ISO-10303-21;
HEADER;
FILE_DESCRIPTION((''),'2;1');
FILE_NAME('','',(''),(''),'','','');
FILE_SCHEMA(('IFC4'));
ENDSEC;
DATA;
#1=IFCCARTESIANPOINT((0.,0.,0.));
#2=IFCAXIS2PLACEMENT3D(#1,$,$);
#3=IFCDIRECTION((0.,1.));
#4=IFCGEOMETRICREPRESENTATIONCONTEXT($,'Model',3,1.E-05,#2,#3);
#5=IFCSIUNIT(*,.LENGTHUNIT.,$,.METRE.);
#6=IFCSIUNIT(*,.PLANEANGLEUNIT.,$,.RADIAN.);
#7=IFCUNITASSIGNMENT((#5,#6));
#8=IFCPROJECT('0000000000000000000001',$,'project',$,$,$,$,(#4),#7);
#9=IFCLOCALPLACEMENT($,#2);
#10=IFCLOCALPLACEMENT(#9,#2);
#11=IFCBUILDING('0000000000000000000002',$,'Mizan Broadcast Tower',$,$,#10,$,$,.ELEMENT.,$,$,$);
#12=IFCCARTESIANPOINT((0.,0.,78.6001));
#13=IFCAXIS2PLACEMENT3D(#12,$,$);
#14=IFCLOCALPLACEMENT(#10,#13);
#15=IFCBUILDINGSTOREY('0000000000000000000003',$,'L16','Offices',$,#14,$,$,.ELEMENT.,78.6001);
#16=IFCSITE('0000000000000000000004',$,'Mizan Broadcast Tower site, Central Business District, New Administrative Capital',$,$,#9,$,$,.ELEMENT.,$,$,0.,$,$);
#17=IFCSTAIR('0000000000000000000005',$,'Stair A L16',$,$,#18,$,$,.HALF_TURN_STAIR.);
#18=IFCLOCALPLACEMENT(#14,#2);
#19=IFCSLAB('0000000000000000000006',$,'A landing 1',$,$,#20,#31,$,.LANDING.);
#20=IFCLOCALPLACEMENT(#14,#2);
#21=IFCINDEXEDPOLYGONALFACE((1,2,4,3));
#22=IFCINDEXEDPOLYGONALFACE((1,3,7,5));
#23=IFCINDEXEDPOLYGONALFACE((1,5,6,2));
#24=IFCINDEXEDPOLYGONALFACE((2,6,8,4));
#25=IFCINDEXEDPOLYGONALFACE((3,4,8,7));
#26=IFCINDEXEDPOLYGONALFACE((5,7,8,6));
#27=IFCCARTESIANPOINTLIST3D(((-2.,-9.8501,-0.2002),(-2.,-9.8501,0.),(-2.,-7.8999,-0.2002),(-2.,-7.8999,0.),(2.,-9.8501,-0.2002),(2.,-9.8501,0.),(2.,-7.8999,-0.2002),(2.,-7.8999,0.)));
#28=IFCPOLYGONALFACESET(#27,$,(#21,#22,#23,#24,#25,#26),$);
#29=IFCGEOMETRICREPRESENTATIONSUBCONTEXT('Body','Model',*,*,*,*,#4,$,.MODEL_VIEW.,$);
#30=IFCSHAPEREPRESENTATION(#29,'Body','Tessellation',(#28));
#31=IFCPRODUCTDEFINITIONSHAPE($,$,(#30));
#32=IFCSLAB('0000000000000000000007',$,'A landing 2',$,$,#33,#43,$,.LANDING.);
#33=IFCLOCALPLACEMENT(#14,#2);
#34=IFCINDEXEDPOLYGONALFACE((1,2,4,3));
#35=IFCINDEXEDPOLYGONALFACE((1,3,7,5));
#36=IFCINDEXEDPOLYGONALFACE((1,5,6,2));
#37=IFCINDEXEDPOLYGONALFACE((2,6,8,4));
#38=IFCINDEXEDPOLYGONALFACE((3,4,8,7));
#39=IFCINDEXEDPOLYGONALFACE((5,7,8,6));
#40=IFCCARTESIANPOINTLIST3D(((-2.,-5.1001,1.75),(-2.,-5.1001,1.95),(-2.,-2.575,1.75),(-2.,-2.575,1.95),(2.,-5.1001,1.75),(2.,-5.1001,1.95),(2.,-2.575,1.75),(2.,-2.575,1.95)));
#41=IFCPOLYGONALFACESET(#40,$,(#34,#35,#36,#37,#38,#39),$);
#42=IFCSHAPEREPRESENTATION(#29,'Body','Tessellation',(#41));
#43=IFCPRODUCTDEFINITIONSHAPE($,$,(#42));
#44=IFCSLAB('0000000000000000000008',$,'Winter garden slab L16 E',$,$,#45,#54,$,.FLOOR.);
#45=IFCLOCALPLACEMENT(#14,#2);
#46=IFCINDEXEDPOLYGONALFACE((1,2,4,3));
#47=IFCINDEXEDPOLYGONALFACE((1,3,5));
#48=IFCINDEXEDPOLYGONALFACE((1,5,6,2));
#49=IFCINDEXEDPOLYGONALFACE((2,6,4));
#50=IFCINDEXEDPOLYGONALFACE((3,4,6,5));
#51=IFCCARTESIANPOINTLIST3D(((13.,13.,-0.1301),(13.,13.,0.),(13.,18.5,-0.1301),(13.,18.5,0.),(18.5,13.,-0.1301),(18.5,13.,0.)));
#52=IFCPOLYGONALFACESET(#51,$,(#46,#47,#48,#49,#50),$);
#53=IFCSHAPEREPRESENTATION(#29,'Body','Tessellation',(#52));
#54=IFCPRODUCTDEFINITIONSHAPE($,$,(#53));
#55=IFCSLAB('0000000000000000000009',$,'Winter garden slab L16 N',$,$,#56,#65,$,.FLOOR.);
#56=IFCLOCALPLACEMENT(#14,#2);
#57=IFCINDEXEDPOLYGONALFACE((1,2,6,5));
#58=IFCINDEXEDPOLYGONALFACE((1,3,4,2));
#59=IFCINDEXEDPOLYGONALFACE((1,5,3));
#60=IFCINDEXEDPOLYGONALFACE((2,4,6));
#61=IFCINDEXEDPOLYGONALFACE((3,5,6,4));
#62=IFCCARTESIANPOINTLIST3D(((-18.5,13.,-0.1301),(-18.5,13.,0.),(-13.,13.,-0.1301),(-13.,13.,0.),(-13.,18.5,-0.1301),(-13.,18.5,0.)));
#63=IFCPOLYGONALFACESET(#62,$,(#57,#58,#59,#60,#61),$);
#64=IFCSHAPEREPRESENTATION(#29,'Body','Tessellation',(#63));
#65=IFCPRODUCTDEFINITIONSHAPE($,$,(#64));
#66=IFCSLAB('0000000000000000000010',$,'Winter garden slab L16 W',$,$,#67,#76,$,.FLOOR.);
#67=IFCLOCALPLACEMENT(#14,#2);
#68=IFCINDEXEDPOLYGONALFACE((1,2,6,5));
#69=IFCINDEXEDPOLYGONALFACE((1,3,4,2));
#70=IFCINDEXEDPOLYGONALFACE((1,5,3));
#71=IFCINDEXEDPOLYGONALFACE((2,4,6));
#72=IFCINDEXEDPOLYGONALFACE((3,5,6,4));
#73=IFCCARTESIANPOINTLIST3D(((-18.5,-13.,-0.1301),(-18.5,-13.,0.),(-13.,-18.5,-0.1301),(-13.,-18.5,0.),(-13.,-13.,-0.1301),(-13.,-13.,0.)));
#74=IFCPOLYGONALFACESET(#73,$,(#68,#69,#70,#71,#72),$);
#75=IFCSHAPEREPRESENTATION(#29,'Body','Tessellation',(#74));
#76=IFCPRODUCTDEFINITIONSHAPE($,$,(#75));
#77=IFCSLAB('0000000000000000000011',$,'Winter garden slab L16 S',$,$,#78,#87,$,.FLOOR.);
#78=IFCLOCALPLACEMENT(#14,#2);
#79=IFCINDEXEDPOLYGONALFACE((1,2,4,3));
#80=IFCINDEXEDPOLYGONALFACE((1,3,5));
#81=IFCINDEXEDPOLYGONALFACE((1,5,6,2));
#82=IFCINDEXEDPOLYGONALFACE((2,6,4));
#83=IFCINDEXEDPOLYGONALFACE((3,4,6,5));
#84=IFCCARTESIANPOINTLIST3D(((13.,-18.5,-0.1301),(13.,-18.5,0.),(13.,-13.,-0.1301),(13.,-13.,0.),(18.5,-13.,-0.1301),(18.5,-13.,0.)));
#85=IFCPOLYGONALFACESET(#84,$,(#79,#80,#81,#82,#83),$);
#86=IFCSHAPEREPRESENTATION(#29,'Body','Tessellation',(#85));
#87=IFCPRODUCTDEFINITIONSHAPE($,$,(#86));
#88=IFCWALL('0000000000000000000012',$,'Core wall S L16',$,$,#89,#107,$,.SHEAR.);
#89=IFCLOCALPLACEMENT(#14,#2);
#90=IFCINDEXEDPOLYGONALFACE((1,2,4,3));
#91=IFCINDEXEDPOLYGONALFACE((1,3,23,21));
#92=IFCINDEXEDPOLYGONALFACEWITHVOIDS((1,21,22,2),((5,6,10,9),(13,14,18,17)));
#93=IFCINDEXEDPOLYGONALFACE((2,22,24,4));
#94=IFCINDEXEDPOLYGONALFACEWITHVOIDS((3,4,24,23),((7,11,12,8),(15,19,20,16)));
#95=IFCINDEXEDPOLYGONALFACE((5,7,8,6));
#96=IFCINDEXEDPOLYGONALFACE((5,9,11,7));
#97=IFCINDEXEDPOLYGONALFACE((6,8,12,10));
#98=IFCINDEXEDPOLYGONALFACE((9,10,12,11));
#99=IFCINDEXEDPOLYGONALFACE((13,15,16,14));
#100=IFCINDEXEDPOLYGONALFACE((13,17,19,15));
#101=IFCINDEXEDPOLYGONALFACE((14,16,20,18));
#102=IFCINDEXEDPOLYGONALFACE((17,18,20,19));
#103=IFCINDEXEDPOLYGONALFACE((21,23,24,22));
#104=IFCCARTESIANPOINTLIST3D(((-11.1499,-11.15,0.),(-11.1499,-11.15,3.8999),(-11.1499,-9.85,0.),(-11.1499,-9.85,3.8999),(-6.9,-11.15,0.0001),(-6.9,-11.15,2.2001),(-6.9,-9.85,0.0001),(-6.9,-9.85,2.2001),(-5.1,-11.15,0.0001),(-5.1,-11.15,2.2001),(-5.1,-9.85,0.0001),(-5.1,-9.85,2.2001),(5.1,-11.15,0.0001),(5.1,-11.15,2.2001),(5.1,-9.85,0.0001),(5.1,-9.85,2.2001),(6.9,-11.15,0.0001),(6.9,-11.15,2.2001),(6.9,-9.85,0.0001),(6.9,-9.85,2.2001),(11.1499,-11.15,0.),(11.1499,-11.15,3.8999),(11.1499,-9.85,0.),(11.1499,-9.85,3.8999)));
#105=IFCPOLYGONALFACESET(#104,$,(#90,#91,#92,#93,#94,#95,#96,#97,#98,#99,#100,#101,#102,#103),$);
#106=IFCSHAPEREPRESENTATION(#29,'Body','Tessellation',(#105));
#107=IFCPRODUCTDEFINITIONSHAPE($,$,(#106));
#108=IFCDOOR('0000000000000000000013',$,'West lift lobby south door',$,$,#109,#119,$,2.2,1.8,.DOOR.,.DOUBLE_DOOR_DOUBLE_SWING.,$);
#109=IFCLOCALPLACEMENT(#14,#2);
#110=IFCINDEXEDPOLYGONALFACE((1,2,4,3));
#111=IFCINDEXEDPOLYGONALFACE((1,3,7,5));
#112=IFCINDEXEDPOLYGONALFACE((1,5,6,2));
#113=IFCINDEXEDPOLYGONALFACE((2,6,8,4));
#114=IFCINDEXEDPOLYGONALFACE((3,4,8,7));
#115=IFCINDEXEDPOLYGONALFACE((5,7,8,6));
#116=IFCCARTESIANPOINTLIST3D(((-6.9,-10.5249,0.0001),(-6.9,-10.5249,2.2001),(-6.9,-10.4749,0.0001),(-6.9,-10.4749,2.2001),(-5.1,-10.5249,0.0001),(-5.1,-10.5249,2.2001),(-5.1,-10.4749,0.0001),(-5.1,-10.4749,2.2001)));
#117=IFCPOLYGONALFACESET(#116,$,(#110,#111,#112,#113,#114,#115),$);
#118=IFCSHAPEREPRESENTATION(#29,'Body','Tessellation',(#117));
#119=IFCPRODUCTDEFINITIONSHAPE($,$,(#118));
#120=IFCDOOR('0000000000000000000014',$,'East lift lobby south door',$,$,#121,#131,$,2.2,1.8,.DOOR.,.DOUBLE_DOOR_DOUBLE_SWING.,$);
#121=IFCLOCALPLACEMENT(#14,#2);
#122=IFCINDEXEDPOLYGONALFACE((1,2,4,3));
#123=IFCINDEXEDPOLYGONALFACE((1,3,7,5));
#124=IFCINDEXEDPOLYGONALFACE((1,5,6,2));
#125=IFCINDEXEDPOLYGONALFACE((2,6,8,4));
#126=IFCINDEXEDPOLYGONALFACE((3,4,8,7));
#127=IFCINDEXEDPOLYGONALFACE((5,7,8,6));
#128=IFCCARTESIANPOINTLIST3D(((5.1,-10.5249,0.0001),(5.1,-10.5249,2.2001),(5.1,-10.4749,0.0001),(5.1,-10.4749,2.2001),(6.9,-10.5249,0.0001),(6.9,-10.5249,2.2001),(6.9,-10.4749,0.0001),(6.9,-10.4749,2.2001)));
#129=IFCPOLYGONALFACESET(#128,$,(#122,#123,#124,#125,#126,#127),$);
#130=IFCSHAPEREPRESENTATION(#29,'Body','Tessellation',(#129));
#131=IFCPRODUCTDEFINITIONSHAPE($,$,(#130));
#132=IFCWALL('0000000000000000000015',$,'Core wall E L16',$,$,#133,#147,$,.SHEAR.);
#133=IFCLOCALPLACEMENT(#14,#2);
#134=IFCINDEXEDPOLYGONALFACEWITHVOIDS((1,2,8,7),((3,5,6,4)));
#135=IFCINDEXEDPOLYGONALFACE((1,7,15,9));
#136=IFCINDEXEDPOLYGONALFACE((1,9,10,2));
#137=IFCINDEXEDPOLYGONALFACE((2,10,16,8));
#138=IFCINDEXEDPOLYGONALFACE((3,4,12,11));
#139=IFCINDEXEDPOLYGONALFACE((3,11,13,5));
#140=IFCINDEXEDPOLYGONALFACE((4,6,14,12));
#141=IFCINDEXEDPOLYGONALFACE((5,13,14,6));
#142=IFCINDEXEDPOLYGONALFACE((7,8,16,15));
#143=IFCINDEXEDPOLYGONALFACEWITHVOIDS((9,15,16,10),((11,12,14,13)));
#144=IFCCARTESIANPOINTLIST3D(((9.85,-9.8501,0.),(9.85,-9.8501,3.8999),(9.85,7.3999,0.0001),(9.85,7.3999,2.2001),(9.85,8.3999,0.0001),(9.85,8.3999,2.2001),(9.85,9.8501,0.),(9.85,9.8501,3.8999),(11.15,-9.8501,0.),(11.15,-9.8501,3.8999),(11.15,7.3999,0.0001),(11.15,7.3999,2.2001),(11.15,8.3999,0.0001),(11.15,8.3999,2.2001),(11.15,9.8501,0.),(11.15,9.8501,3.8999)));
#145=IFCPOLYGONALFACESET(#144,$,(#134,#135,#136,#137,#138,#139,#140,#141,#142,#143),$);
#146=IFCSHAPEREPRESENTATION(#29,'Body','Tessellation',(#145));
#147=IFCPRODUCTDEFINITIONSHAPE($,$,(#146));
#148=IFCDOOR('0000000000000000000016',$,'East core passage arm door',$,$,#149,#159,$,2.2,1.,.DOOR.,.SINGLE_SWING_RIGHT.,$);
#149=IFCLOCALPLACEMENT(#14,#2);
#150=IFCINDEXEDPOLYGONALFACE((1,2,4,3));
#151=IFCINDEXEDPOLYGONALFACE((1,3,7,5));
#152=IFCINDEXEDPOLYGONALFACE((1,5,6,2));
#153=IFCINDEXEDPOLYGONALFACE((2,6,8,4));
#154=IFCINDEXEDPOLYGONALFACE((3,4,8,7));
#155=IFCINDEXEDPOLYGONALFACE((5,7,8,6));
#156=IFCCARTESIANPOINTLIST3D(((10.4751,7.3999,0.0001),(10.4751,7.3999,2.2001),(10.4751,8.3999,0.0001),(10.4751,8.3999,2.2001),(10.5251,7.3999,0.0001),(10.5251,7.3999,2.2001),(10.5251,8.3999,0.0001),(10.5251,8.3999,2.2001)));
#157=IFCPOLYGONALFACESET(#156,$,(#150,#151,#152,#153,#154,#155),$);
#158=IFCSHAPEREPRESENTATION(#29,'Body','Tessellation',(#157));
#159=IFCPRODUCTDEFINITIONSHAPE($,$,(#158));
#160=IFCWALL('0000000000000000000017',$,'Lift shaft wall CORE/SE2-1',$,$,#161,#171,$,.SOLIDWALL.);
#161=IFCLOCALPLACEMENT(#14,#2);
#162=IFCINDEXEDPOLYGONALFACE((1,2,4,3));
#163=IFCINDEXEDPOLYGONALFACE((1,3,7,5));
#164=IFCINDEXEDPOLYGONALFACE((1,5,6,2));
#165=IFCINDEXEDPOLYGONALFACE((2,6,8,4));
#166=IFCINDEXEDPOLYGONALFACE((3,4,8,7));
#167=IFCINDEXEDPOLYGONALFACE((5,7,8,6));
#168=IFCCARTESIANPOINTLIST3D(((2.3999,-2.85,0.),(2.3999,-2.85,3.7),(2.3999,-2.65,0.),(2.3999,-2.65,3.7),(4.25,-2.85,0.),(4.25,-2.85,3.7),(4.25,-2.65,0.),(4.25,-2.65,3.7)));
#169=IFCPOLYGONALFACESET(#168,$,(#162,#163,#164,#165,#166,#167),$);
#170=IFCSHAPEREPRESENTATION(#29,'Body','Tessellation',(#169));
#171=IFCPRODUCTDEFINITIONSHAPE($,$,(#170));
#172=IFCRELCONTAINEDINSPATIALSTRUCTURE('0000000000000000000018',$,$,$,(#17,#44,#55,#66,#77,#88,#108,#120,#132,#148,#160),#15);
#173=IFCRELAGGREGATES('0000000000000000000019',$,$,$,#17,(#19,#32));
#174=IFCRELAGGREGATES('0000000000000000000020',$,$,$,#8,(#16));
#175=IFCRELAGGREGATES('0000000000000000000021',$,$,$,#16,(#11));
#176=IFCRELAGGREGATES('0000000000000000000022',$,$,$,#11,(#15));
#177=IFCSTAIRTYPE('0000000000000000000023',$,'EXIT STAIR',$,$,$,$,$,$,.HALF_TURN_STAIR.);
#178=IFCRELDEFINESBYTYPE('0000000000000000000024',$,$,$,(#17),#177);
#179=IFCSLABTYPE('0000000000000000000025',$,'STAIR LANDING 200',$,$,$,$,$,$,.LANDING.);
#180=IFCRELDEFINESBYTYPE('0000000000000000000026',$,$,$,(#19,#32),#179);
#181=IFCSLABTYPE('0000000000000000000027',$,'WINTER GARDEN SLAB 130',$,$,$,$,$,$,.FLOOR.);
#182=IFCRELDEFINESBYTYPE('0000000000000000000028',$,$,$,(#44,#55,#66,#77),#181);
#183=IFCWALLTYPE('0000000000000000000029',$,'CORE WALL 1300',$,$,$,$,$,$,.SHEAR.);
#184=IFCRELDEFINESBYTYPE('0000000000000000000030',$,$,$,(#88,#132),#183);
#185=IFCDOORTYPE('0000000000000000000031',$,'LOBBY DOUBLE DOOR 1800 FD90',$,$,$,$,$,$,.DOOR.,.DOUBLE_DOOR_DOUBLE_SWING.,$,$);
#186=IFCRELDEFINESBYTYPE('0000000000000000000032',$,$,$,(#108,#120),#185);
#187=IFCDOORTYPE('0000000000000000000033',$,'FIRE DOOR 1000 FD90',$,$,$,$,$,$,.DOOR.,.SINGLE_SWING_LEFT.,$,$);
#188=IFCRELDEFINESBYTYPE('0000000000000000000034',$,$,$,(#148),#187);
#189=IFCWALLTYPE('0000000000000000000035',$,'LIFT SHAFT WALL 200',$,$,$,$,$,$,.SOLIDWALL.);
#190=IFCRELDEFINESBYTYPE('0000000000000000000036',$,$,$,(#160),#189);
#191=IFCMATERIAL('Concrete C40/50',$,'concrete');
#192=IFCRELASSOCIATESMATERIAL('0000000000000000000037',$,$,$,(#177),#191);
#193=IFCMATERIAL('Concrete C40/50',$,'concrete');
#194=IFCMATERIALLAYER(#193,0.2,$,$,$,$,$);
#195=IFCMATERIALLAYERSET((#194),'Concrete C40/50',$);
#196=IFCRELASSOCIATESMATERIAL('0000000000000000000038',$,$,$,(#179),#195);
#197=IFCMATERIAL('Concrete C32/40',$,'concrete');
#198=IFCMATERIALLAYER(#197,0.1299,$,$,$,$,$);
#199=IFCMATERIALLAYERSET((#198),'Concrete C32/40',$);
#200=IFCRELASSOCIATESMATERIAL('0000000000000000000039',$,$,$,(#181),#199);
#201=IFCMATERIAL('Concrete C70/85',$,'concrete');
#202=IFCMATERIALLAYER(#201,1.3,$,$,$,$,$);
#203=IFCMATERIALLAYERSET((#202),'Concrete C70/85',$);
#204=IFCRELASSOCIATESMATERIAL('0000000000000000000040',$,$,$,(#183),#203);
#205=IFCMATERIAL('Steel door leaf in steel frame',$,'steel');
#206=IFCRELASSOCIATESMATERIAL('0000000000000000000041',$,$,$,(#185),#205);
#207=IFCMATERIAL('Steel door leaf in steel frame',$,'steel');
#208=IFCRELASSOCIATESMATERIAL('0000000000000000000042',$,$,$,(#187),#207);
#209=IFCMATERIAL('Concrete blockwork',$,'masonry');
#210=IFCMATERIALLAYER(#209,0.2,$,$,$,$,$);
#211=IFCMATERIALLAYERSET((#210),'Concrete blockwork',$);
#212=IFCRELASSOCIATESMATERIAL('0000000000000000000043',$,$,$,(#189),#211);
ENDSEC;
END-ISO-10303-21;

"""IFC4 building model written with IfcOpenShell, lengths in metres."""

from ifc_helpers import new_model, si_unit, direction, frame, frame_2d, origin, place, context, subcontext, project, spatial, polyline, rectangle, outline, extrude, material, layer, layer_set, type_object, element, fill, aggregate, save


model = new_model("IFC4")

# Units and contexts
model_context = context("Model", 3, precision=1e-05, world=origin(), true_north=direction((0.0, 1.0)))
body_context = subcontext(model_context, "Body", "Model", "MODEL_VIEW")
ifc_project = project(units=[si_unit("LENGTHUNIT", "METRE"), si_unit("PLANEANGLEUNIT", "RADIAN")], contexts=[model_context])

# Site, building, storey
site_placement = place(None, origin())
site = spatial("IfcSite", under=ifc_project, at=site_placement, Name="Mizan Broadcast Tower site, Central Business District, New Administrative Capital", CompositionType="ELEMENT", RefElevation=0.0)
building_placement = place(site_placement, origin())
building = spatial("IfcBuilding", under=site, at=building_placement, Name="Mizan Broadcast Tower", CompositionType="ELEMENT")
storey_placement = place(building_placement, frame((0.0, 0.0, 78.6001)))
storey = spatial("IfcBuildingStorey", under=building, at=storey_placement, Name="L16", Description="Offices", CompositionType="ELEMENT", Elevation=78.6001)

# Stair, slabs
ifc_material_1 = material(Name="Concrete C40/50", Category="concrete")
stair_type = type_object("IfcStairType", Name="EXIT STAIR", PredefinedType="HALF_TURN_STAIR", material=ifc_material_1)
stair_placement = place(storey_placement, origin())
stair = element("IfcStair", 1, at=stair_placement, inside=storey, type_object=stair_type, Name="Stair A L16", PredefinedType="HALF_TURN_STAIR")
ifc_material_2 = material(Name="Concrete C40/50", Category="concrete")
ifc_layer_1 = layer(ifc_material_2, 0.2)
ifc_layer_set_1 = layer_set([ifc_layer_1], Name="Concrete C40/50")
slab_type_1 = type_object("IfcSlabType", Name="STAIR LANDING 200", PredefinedType="LANDING", material=ifc_layer_set_1)
slab_1_placement = place(storey_placement, frame((0.0, 0.0, -0.2002)))
slab_1 = element("IfcSlab", 2, at=slab_1_placement, type_object=slab_type_1, Name="A landing 1", PredefinedType="LANDING", context=body_context, shape_type="SweptSolid", body=[
    extrude(outline(polyline([(-2.0, -9.8501), (-2.0, -7.8999), (2.0, -7.8999), (2.0, -9.8501), (-2.0, -9.8501)])), origin(), (0.0, 0.0, 1.0), 0.2002),
])
slab_2_placement = place(storey_placement, frame((0.0, 0.0, 1.75)))
slab_2 = element("IfcSlab", 3, at=slab_2_placement, type_object=slab_type_1, Name="A landing 2", PredefinedType="LANDING", context=body_context, shape_type="SweptSolid", body=[
    extrude(outline(polyline([(-2.0, -5.1001), (-2.0, -2.575), (2.0, -2.575), (2.0, -5.1001), (-2.0, -5.1001)])), origin(), (0.0, 0.0, 1.0), 0.2),
])

# Slabs
ifc_material_3 = material(Name="Concrete C32/40", Category="concrete")
ifc_layer_2 = layer(ifc_material_3, 0.1299)
ifc_layer_set_2 = layer_set([ifc_layer_2], Name="Concrete C32/40")
slab_type_2 = type_object("IfcSlabType", Name="WINTER GARDEN SLAB 130", PredefinedType="FLOOR", material=ifc_layer_set_2)
slab_3_placement = place(storey_placement, frame((0.0, 0.0, -0.1301)))
element("IfcSlab", 4, at=slab_3_placement, inside=storey, type_object=slab_type_2, Name="Winter garden slab L16 E", PredefinedType="FLOOR", context=body_context, shape_type="SweptSolid", body=[
    extrude(outline(polyline([(13.0, 13.0), (18.5, 13.0), (13.0, 18.5), (13.0, 13.0)])), origin(), (0.0, 0.0, 1.0), 0.1301),
])
slab_4_placement = place(storey_placement, frame((0.0, 0.0, -0.1301)))
element("IfcSlab", 5, at=slab_4_placement, inside=storey, type_object=slab_type_2, Name="Winter garden slab L16 N", PredefinedType="FLOOR", context=body_context, shape_type="SweptSolid", body=[
    extrude(outline(polyline([(-13.0, 13.0), (-13.0, 18.5), (-18.5, 13.0), (-13.0, 13.0)])), origin(), (0.0, 0.0, 1.0), 0.1301),
])
slab_5_placement = place(storey_placement, frame((0.0, 0.0, -0.1301)))
element("IfcSlab", 6, at=slab_5_placement, inside=storey, type_object=slab_type_2, Name="Winter garden slab L16 W", PredefinedType="FLOOR", context=body_context, shape_type="SweptSolid", body=[
    extrude(outline(polyline([(-13.0, -13.0), (-18.5, -13.0), (-13.0, -18.5), (-13.0, -13.0)])), origin(), (0.0, 0.0, 1.0), 0.1301),
])
slab_6_placement = place(storey_placement, frame((0.0, 0.0, -0.1301)))
element("IfcSlab", 7, at=slab_6_placement, inside=storey, type_object=slab_type_2, Name="Winter garden slab L16 S", PredefinedType="FLOOR", context=body_context, shape_type="SweptSolid", body=[
    extrude(outline(polyline([(13.0, -13.0), (13.0, -18.5), (18.5, -13.0), (13.0, -13.0)])), origin(), (0.0, 0.0, 1.0), 0.1301),
])

# Wall, openings, doors
ifc_material_4 = material(Name="Concrete C70/85", Category="concrete")
ifc_layer_3 = layer(ifc_material_4, 1.3)
ifc_layer_set_3 = layer_set([ifc_layer_3], Name="Concrete C70/85")
wall_type_1 = type_object("IfcWallType", Name="CORE WALL 1300", PredefinedType="SHEAR", material=ifc_layer_set_3)
wall_1_placement = place(storey_placement, frame((11.1499, -10.5, 0.0), z_axis=(0.0, 0.0, 1.0), x_axis=(-1.0, 0.0, 0.0)))
wall_1 = element("IfcWall", 8, at=wall_1_placement, inside=storey, type_object=wall_type_1, Name="Core wall S L16", PredefinedType="SHEAR", context=body_context, shape_type="SweptSolid", body=[
    extrude(rectangle(XDim=22.2998, YDim=1.3, at=frame_2d((11.1499, 0.0))), origin(), (0.0, 0.0, 1.0), 3.8999),
])
opening_1_placement = place(wall_1_placement, frame((16.25, 0.0, 0.0)))
opening_1 = element("IfcOpeningElement", 9, at=opening_1_placement, cuts=wall_1, PredefinedType="OPENING", context=body_context, shape_type="SweptSolid", body=[
    extrude(rectangle(XDim=1.8, YDim=2.2, at=frame_2d((0.8999, 1.1001))), frame((0.0, 0.6599, 0.0), z_axis=(0.0, -1.0, 0.0), x_axis=(1.0, 0.0, 0.0)), (0.0, 0.0, 1.0), 1.3201),
])
opening_2_placement = place(wall_1_placement, frame((4.25, 0.0, 0.0)))
opening_2 = element("IfcOpeningElement", 10, at=opening_2_placement, cuts=wall_1, PredefinedType="OPENING", context=body_context, shape_type="SweptSolid", body=[
    extrude(rectangle(XDim=1.8, YDim=2.2, at=frame_2d((0.8999, 1.1001))), frame((0.0, 0.6599, 0.0), z_axis=(0.0, -1.0, 0.0), x_axis=(1.0, 0.0, 0.0)), (0.0, 0.0, 1.0), 1.3201),
])
ifc_material_5 = material(Name="Steel door leaf in steel frame", Category="steel")
door_type_1 = type_object("IfcDoorType", Name="LOBBY DOUBLE DOOR 1800 FD90", OperationType="DOUBLE_DOOR_DOUBLE_SWING", PredefinedType="DOOR", material=ifc_material_5)
door_1_placement = place(opening_1_placement, origin())
door_1 = element("IfcDoor", 11, at=door_1_placement, inside=storey, type_object=door_type_1, Name="West lift lobby south door", OperationType="DOUBLE_DOOR_DOUBLE_SWING", OverallHeight=2.2, OverallWidth=1.8, PredefinedType="DOOR", context=body_context, shape_type="SweptSolid", body=[
    extrude(rectangle(XDim=1.8, YDim=2.2, at=frame_2d((0.8999, 1.1001))), frame((0.0, 0.0249, 0.0), z_axis=(0.0, -1.0, 0.0), x_axis=(1.0, 0.0, 0.0)), (0.0, 0.0, 1.0), 0.05),
])
fill(opening_1, door_1)
door_2_placement = place(opening_2_placement, origin())
door_2 = element("IfcDoor", 12, at=door_2_placement, inside=storey, type_object=door_type_1, Name="East lift lobby south door", OperationType="DOUBLE_DOOR_DOUBLE_SWING", OverallHeight=2.2, OverallWidth=1.8, PredefinedType="DOOR", context=body_context, shape_type="SweptSolid", body=[
    extrude(rectangle(XDim=1.8, YDim=2.2, at=frame_2d((0.8999, 1.1001))), frame((0.0, 0.0249, 0.0), z_axis=(0.0, -1.0, 0.0), x_axis=(1.0, 0.0, 0.0)), (0.0, 0.0, 1.0), 0.05),
])
fill(opening_2, door_2)

# Wall, opening, door
wall_2_placement = place(storey_placement, frame((10.5, -9.8501, 0.0), z_axis=(0.0, 0.0, 1.0), x_axis=(0.0, 1.0, 0.0)))
wall_2 = element("IfcWall", 13, at=wall_2_placement, inside=storey, type_object=wall_type_1, Name="Core wall E L16", PredefinedType="SHEAR", context=body_context, shape_type="SweptSolid", body=[
    extrude(rectangle(XDim=19.7002, YDim=1.3, at=frame_2d((9.8501, 0.0))), origin(), (0.0, 0.0, 1.0), 3.8999),
])
opening_3_placement = place(wall_2_placement, frame((17.25, 0.0, 0.0)))
opening_3 = element("IfcOpeningElement", 14, at=opening_3_placement, cuts=wall_2, PredefinedType="OPENING", context=body_context, shape_type="SweptSolid", body=[
    extrude(rectangle(XDim=1.0, YDim=2.2, at=frame_2d((0.5, 1.1001))), frame((0.0, 0.6599, 0.0), z_axis=(0.0, -1.0, 0.0), x_axis=(1.0, 0.0, 0.0)), (0.0, 0.0, 1.0), 1.3201),
])
ifc_material_6 = material(Name="Steel door leaf in steel frame", Category="steel")
door_type_2 = type_object("IfcDoorType", Name="FIRE DOOR 1000 FD90", OperationType="SINGLE_SWING_LEFT", PredefinedType="DOOR", material=ifc_material_6)
door_3_placement = place(opening_3_placement, origin())
door_3 = element("IfcDoor", 15, at=door_3_placement, inside=storey, type_object=door_type_2, Name="East core passage arm door", OperationType="SINGLE_SWING_RIGHT", OverallHeight=2.2, OverallWidth=1.0, PredefinedType="DOOR", context=body_context, shape_type="SweptSolid", body=[
    extrude(rectangle(XDim=1.0, YDim=2.2, at=frame_2d((0.5, 1.1001))), frame((0.0, 0.0249, 0.0), z_axis=(0.0, -1.0, 0.0), x_axis=(1.0, 0.0, 0.0)), (0.0, 0.0, 1.0), 0.05),
])
fill(opening_3, door_3)

# Wall
ifc_material_7 = material(Name="Concrete blockwork", Category="masonry")
ifc_layer_4 = layer(ifc_material_7, 0.2)
ifc_layer_set_4 = layer_set([ifc_layer_4], Name="Concrete blockwork")
wall_type_2 = type_object("IfcWallType", Name="LIFT SHAFT WALL 200", PredefinedType="SOLIDWALL", material=ifc_layer_set_4)
wall_3_placement = place(storey_placement, frame((2.3999, -2.75, 0.0), z_axis=(0.0, 0.0, 1.0), x_axis=(1.0, 0.0, 0.0)))
element("IfcWall", 16, at=wall_3_placement, inside=storey, type_object=wall_type_2, Name="Lift shaft wall CORE/SE2-1", PredefinedType="SOLIDWALL", context=body_context, shape_type="SweptSolid", body=[
    extrude(rectangle(XDim=1.8501, YDim=0.2, at=frame_2d((0.925, 0.0))), origin(), (0.0, 0.0, 1.0), 3.7),
])

aggregate(stair, [slab_1, slab_2])

save(model, "model.ifc")
